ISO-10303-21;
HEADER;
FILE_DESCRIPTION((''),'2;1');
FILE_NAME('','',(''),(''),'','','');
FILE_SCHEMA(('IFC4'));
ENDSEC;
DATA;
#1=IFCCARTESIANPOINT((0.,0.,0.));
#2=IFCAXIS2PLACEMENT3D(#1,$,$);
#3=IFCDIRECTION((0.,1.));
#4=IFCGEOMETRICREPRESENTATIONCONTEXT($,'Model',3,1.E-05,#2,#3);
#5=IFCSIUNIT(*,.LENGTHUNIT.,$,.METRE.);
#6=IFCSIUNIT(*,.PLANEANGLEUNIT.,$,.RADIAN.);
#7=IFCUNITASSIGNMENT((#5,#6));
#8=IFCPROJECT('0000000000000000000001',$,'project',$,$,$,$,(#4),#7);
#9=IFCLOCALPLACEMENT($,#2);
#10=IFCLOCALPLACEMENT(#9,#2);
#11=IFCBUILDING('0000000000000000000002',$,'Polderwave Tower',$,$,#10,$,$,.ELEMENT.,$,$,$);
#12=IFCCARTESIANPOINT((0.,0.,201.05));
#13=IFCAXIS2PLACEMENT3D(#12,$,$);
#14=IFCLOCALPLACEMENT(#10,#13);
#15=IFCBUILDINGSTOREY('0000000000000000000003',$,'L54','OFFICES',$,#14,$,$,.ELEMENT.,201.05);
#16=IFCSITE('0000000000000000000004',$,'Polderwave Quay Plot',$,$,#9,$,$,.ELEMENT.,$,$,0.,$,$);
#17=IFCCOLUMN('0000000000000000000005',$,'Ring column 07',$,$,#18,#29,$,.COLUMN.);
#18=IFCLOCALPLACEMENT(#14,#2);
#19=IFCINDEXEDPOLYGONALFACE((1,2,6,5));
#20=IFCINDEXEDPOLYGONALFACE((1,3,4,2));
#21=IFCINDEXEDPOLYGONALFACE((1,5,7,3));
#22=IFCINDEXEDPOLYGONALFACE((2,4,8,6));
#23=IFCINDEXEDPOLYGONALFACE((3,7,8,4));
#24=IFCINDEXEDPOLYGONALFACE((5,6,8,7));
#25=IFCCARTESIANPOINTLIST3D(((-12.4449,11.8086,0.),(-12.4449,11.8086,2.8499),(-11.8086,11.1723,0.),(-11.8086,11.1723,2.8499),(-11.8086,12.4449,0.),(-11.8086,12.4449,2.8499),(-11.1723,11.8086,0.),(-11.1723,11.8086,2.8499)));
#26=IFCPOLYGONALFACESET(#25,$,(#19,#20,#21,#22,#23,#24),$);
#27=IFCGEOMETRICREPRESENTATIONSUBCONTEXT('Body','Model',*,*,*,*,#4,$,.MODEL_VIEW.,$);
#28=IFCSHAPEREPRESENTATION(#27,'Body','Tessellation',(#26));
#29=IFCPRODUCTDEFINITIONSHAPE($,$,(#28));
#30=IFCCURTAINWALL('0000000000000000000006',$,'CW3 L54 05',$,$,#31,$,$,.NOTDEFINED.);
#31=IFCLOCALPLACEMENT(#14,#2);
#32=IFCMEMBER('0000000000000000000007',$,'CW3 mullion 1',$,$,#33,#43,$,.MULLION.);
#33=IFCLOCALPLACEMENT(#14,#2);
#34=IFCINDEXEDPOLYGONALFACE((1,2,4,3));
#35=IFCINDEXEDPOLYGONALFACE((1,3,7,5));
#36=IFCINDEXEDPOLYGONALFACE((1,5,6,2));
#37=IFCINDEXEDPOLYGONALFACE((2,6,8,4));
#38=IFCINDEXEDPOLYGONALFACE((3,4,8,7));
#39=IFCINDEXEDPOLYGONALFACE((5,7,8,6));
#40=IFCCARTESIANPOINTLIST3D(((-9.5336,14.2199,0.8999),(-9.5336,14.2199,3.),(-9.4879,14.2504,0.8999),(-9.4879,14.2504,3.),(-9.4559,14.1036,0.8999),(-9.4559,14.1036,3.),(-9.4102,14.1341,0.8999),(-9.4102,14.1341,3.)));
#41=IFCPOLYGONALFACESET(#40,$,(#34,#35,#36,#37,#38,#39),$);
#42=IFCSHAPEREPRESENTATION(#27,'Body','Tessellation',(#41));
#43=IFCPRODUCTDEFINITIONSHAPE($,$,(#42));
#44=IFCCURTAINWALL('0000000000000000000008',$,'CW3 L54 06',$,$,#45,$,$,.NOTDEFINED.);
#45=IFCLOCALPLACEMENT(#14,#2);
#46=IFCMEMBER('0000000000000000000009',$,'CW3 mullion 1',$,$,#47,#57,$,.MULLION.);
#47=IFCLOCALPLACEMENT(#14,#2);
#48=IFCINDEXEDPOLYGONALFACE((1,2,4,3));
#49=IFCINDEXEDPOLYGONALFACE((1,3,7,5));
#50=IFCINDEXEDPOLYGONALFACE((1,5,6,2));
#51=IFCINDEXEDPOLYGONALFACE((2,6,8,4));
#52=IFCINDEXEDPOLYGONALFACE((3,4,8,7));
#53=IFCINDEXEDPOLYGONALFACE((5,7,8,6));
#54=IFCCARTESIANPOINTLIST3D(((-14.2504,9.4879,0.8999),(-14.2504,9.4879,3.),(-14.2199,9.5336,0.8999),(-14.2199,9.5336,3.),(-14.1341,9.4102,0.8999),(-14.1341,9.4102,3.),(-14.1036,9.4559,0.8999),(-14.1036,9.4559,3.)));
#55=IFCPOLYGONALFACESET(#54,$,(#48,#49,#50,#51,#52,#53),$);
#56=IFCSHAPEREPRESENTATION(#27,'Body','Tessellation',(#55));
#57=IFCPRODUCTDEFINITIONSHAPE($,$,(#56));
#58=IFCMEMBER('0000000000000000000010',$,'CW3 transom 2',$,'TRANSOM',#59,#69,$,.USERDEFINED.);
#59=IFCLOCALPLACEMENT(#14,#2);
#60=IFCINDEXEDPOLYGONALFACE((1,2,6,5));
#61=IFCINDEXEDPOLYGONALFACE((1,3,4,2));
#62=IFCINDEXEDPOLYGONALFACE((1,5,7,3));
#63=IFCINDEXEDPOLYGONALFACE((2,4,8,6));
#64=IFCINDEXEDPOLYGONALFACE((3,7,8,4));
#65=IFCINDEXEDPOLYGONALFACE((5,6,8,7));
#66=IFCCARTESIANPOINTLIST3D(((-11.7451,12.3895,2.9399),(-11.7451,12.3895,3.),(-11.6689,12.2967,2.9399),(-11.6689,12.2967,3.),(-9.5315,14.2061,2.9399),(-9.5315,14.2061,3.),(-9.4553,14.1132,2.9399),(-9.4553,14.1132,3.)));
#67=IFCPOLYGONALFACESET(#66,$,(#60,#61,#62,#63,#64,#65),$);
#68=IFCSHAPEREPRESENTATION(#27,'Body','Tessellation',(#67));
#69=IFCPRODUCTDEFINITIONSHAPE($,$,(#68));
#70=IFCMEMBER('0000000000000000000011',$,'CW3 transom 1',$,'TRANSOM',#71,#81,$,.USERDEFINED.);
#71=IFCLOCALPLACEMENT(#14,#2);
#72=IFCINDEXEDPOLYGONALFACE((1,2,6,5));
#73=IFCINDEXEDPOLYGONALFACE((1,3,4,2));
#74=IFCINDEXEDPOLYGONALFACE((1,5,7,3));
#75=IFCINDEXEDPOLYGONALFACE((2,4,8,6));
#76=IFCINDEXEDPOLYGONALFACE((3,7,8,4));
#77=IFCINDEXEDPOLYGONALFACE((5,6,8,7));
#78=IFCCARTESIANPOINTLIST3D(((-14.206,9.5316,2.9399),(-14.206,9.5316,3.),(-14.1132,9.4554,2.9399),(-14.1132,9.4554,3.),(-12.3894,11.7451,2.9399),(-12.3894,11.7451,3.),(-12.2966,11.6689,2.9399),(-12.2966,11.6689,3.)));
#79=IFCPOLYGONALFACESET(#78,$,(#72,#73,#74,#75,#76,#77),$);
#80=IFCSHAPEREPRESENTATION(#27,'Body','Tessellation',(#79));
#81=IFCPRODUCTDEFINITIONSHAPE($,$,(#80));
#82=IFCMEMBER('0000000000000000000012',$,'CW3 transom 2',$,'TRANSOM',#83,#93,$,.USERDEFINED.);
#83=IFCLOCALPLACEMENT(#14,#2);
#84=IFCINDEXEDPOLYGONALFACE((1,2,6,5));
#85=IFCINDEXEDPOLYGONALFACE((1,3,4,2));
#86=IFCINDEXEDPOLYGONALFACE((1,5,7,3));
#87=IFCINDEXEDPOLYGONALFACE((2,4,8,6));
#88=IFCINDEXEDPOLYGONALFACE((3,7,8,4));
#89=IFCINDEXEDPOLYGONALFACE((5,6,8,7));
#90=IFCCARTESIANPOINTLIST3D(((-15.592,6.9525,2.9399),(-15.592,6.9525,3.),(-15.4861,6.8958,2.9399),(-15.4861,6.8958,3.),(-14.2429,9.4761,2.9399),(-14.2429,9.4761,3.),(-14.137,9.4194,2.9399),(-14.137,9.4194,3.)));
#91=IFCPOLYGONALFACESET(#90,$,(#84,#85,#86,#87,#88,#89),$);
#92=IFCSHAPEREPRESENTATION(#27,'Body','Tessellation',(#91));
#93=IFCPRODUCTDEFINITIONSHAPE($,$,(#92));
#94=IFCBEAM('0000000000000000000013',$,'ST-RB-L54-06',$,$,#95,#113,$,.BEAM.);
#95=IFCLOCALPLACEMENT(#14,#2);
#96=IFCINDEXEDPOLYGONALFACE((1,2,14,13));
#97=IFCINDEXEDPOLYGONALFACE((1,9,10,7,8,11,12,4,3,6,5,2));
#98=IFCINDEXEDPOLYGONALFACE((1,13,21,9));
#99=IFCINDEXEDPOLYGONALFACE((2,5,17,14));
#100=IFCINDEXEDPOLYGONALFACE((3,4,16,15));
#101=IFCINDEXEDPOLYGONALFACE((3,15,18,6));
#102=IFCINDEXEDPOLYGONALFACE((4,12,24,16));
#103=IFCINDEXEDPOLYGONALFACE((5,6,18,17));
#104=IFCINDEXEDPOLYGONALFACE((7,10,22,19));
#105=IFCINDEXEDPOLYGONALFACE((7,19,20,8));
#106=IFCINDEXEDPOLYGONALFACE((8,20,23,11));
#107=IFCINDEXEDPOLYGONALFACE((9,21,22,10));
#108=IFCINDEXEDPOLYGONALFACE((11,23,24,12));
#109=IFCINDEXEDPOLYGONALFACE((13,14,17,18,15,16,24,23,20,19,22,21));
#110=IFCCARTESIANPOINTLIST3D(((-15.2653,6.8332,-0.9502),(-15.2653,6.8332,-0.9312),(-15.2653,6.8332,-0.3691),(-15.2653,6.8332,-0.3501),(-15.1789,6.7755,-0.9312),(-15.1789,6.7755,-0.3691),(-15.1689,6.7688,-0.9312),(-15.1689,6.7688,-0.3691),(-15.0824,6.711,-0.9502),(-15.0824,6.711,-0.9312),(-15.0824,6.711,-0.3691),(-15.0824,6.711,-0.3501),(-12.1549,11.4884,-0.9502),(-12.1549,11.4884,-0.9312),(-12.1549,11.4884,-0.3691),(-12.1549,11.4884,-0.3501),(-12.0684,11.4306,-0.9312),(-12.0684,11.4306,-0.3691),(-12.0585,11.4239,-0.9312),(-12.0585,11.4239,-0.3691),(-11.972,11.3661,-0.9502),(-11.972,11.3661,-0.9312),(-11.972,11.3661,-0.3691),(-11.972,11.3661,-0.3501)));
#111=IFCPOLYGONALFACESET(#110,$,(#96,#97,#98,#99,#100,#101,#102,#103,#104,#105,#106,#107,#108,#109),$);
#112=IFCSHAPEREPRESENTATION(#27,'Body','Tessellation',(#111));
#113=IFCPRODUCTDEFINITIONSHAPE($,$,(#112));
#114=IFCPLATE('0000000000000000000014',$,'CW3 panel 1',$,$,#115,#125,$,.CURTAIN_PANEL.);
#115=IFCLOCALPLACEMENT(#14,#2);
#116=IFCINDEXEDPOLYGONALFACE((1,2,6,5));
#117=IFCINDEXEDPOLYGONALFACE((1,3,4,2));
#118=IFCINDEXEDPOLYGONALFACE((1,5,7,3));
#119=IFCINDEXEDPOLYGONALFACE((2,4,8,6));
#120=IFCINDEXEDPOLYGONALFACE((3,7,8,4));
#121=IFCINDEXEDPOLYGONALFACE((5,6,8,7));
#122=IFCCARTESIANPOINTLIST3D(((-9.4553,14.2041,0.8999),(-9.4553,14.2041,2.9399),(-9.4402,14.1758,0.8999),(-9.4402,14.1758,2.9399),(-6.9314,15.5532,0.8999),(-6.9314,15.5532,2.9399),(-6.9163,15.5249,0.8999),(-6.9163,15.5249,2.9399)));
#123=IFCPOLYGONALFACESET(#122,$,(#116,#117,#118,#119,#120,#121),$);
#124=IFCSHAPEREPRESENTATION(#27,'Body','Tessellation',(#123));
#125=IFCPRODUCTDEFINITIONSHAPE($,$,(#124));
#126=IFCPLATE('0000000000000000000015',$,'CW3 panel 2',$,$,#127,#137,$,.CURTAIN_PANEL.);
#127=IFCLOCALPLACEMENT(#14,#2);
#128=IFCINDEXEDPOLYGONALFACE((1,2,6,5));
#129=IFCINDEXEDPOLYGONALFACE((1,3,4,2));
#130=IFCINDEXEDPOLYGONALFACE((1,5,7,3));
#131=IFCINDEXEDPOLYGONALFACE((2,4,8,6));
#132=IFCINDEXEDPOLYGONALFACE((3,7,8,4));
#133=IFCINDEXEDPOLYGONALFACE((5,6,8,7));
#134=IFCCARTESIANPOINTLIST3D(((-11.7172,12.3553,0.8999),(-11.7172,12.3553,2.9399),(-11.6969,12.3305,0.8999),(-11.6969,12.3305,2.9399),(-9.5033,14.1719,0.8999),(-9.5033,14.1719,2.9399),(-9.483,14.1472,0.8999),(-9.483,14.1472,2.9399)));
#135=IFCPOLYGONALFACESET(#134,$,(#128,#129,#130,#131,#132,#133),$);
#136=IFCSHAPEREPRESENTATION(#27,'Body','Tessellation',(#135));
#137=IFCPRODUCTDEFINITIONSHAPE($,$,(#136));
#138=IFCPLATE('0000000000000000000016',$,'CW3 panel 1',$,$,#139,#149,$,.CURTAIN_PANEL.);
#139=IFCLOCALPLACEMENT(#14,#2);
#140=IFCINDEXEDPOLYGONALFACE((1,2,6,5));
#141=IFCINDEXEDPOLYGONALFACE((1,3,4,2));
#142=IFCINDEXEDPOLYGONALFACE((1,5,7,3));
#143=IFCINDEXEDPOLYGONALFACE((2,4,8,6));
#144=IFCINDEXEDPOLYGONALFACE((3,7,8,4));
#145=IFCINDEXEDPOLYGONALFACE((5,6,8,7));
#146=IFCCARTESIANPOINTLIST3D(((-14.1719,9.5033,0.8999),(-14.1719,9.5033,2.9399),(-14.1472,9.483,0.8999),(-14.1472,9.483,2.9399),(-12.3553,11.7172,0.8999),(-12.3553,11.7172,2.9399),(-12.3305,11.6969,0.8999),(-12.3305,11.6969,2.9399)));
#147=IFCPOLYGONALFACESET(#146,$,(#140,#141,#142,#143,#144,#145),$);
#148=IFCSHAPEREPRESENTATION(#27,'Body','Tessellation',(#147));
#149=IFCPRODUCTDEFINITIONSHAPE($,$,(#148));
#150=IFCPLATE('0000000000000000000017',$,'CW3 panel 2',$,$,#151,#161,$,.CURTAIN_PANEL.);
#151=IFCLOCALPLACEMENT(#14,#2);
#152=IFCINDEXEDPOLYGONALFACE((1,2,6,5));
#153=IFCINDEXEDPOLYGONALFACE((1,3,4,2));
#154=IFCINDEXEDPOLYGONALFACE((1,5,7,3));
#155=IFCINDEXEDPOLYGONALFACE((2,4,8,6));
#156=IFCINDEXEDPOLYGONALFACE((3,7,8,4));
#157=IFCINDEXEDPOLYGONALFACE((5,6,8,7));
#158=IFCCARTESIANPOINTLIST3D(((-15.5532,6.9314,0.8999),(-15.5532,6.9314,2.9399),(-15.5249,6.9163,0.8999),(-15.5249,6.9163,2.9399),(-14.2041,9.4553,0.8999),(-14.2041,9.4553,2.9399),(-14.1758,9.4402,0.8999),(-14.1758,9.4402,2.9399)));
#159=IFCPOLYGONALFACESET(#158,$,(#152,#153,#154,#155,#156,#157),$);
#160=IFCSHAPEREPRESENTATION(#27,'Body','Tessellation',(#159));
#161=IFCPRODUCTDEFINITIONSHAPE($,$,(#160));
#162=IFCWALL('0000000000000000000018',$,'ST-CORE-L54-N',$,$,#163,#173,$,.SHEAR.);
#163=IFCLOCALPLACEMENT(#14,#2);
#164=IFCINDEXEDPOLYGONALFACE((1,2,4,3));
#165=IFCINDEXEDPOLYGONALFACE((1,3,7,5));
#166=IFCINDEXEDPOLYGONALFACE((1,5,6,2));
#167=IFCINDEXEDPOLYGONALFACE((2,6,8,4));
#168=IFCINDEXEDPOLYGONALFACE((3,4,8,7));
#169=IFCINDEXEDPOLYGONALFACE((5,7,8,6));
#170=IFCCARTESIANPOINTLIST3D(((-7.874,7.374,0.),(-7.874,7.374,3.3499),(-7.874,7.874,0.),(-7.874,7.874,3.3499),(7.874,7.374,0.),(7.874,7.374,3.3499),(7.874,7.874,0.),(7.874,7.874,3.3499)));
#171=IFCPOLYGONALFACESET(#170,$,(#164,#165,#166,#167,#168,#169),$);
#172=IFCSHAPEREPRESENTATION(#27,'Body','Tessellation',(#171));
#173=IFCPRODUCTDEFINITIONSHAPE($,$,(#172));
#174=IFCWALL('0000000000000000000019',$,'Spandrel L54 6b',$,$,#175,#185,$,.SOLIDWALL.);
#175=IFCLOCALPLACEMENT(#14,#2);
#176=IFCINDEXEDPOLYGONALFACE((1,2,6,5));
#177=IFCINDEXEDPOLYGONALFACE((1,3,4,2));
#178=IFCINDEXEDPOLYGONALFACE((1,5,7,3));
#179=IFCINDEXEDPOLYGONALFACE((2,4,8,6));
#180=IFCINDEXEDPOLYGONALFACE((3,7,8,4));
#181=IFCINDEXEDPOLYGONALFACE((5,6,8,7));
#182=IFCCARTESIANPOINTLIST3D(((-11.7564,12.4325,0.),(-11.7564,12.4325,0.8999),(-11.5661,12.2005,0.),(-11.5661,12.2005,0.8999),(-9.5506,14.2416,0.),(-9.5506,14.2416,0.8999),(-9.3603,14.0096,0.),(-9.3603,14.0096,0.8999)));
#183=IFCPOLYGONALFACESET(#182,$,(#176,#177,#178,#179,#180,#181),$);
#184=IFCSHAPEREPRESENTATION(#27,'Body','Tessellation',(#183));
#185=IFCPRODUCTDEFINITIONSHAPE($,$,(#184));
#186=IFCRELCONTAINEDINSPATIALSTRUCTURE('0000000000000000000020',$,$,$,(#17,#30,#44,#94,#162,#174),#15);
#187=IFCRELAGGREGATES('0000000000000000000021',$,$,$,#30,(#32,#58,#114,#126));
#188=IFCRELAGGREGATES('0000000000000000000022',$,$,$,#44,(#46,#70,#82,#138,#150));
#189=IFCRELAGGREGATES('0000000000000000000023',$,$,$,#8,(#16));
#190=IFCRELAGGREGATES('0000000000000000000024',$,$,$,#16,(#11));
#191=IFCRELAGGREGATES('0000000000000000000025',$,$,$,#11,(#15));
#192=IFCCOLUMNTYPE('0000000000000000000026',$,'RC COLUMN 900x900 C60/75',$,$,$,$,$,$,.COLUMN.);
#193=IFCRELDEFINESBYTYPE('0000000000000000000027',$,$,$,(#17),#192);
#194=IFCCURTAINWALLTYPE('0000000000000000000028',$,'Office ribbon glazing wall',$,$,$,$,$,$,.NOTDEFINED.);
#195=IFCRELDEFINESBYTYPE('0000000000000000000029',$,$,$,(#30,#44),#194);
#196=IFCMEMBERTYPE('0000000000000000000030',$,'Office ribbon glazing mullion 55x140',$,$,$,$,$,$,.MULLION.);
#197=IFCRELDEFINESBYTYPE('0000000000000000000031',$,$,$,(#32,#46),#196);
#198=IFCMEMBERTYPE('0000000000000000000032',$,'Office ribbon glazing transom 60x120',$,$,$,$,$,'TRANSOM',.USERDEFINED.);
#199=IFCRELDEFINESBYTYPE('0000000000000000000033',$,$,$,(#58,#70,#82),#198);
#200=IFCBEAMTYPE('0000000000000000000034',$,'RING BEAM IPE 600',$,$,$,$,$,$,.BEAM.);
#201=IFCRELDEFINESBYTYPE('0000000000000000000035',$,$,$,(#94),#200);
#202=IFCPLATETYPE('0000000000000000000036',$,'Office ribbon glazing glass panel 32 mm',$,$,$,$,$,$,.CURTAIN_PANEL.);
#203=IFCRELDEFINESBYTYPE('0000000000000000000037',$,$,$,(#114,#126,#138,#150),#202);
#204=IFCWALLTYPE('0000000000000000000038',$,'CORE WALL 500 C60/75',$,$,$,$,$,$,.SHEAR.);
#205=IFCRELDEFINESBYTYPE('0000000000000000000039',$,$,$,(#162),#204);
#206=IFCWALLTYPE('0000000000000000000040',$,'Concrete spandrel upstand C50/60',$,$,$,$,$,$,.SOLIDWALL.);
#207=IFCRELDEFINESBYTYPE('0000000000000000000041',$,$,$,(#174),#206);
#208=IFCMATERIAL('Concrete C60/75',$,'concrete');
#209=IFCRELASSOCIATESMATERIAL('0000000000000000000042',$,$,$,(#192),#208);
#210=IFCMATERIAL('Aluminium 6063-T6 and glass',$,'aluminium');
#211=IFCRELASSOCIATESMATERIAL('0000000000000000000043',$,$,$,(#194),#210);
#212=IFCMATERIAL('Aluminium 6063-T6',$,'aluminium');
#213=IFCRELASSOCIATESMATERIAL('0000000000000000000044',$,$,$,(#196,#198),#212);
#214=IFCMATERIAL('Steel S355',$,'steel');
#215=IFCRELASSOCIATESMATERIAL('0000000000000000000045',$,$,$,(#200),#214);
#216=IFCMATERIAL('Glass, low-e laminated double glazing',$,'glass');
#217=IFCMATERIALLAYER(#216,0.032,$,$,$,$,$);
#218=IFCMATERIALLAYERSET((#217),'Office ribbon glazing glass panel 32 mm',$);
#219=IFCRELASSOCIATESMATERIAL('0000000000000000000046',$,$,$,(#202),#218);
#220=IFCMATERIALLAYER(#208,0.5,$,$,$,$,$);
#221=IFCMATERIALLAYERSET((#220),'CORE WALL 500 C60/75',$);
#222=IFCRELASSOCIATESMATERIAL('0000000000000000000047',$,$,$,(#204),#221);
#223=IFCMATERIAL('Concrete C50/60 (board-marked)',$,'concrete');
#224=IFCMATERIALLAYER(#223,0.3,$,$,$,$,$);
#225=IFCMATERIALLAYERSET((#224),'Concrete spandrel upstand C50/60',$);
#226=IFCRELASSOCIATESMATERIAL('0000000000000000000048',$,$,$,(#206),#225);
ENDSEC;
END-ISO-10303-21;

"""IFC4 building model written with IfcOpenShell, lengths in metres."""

from ifc_helpers import new_model, si_unit, direction, frame, frame_2d, origin, origin_2d, place, context, subcontext, project, spatial, rectangle, i_section, extrude, material, layer, layer_set, material_profile, profile_set, type_object, element, aggregate, save


model = new_model("IFC4")

# Units and contexts
model_context = context("Model", 3, precision=1e-05, world=origin(), true_north=direction((0.0, 1.0)))
body_context = subcontext(model_context, "Body", "Model", "MODEL_VIEW")
ifc_project = project(units=[si_unit("LENGTHUNIT", "METRE"), si_unit("PLANEANGLEUNIT", "RADIAN")], contexts=[model_context])

# Site, building, storey
site_placement = place(None, origin())
site = spatial("IfcSite", under=ifc_project, at=site_placement, Name="Polderwave Quay Plot", CompositionType="ELEMENT", RefElevation=0.0)
building_placement = place(site_placement, origin())
building = spatial("IfcBuilding", under=site, at=building_placement, Name="Polderwave Tower", CompositionType="ELEMENT")
storey_placement = place(building_placement, frame((0.0, 0.0, 201.05)))
storey = spatial("IfcBuildingStorey", under=building, at=storey_placement, Name="L54", Description="OFFICES", CompositionType="ELEMENT", Elevation=201.05)

# Column
ifc_material_1 = material(Name="Concrete C60/75", Category="concrete")
ifc_material_profile_1 = material_profile(ifc_material_1, rectangle(XDim=0.8999, YDim=0.8999, at=origin_2d()), Name="RC 900x900")
ifc_profile_set_1 = profile_set([ifc_material_profile_1], Name="Concrete C60/75")
column_type = type_object("IfcColumnType", Name="RC COLUMN 900x900 C60/75", PredefinedType="COLUMN", material=ifc_profile_set_1)
column_placement = place(storey_placement, frame((-11.8086, 11.8086, 0.0), z_axis=(0.0, 0.0, 1.0), x_axis=(-0.707107, 0.707107, 0.0)))
element("IfcColumn", 1, at=column_placement, inside=storey, type_object=column_type, Name="Ring column 07", PredefinedType="COLUMN", context=body_context, shape_type="SweptSolid", body=[
    extrude(rectangle(XDim=0.8999, YDim=0.8999, at=origin_2d()), origin(), (0.0, 0.0, 1.0), 2.8499),
])

# Curtain walls, members
ifc_material_2 = material(Name="Aluminium 6063-T6 and glass", Category="aluminium")
curtain_wall_type = type_object("IfcCurtainWallType", Name="Office ribbon glazing wall", PredefinedType="NOTDEFINED", material=ifc_material_2)
curtain_wall_1_placement = place(storey_placement, origin())
curtain_wall_1 = element("IfcCurtainWall", 2, at=curtain_wall_1_placement, inside=storey, type_object=curtain_wall_type, Name="CW3 L54 05", PredefinedType="NOTDEFINED")
ifc_material_3 = material(Name="Aluminium 6063-T6", Category="aluminium")
ifc_material_profile_2 = material_profile(ifc_material_3, rectangle(XDim=0.1399, YDim=0.0549, at=origin_2d()), Name="AL 55x140")
ifc_profile_set_2 = profile_set([ifc_material_profile_2], Name="Aluminium 6063-T6")
member_type_1 = type_object("IfcMemberType", Name="Office ribbon glazing mullion 55x140", PredefinedType="MULLION", material=ifc_profile_set_2)
member_1_placement = place(storey_placement, frame((-9.4719, 14.177, 0.8999), z_axis=(0.0, 0.0, 1.0), x_axis=(0.555554, -0.83148, 0.0)))
member_1 = element("IfcMember", 3, at=member_1_placement, type_object=member_type_1, Name="CW3 mullion 1", PredefinedType="MULLION", context=body_context, shape_type="SweptSolid", body=[
    extrude(rectangle(XDim=0.1399, YDim=0.0549, at=origin_2d()), origin(), (0.0, 0.0, 1.0), 2.1001),
])
curtain_wall_2_placement = place(storey_placement, origin())
curtain_wall_2 = element("IfcCurtainWall", 4, at=curtain_wall_2_placement, inside=storey, type_object=curtain_wall_type, Name="CW3 L54 06", PredefinedType="NOTDEFINED")
member_2_placement = place(storey_placement, frame((-14.177, 9.4719, 0.8999), z_axis=(0.0, 0.0, 1.0), x_axis=(0.83148, -0.555554, 0.0)))
member_2 = element("IfcMember", 5, at=member_2_placement, type_object=member_type_1, Name="CW3 mullion 1", PredefinedType="MULLION", context=body_context, shape_type="SweptSolid", body=[
    extrude(rectangle(XDim=0.1399, YDim=0.0549, at=origin_2d()), origin(), (0.0, 0.0, 1.0), 2.1001),
])

# Members
ifc_material_profile_3 = material_profile(ifc_material_3, rectangle(XDim=0.1201, YDim=0.0601, at=origin_2d()), Name="AL 60x120")
ifc_profile_set_3 = profile_set([ifc_material_profile_3], Name="Aluminium 6063-T6")
member_type_2 = type_object("IfcMemberType", Name="Office ribbon glazing transom 60x120", ElementType="TRANSOM", PredefinedType="USERDEFINED", material=ifc_profile_set_3)
member_3_placement = place(storey_placement, frame((-9.4934, 14.1597, 2.97), z_axis=(-0.773014, -0.634388, 0.0), x_axis=(0.634388, -0.773014, 0.0)))
member_3 = element("IfcMember", 6, at=member_3_placement, type_object=member_type_2, Name="CW3 transom 2", ObjectType="TRANSOM", PredefinedType="USERDEFINED", context=body_context, shape_type="SweptSolid", body=[
    extrude(rectangle(XDim=0.1201, YDim=0.0601, at=origin_2d()), origin(), (0.0, 0.0, 1.0), 2.8635),
])
member_4_placement = place(storey_placement, frame((-12.343, 11.707, 2.97), z_axis=(-0.634388, -0.773014, 0.0), x_axis=(0.773014, -0.634388, 0.0)))
member_4 = element("IfcMember", 7, at=member_4_placement, type_object=member_type_2, Name="CW3 transom 1", ObjectType="TRANSOM", PredefinedType="USERDEFINED", context=body_context, shape_type="SweptSolid", body=[
    extrude(rectangle(XDim=0.1201, YDim=0.0601, at=origin_2d()), origin(), (0.0, 0.0, 1.0), 2.8635),
])
member_5_placement = place(storey_placement, frame((-14.1899, 9.4478, 2.97), z_axis=(-0.471447, -0.881894, 0.0), x_axis=(0.881894, -0.471447, 0.0)))
member_5 = element("IfcMember", 8, at=member_5_placement, type_object=member_type_2, Name="CW3 transom 2", ObjectType="TRANSOM", PredefinedType="USERDEFINED", context=body_context, shape_type="SweptSolid", body=[
    extrude(rectangle(XDim=0.1201, YDim=0.0601, at=origin_2d()), origin(), (0.0, 0.0, 1.0), 2.8616),
])

# Beam
ifc_material_4 = material(Name="Steel S355", Category="steel")
ifc_material_profile_4 = material_profile(ifc_material_4, i_section(OverallWidth=0.22, OverallDepth=0.6001, WebThickness=0.012, FlangeThickness=0.019, at=origin_2d()), Name="IPE 600")
ifc_profile_set_4 = profile_set([ifc_material_profile_4], Name="Steel S355")
beam_type = type_object("IfcBeamType", Name="RING BEAM IPE 600", PredefinedType="BEAM", material=ifc_profile_set_4)
beam_placement = place(storey_placement, frame((-12.0635, 11.4272, -0.6501), z_axis=(-0.555565, -0.831473, 0.0), x_axis=(0.831473, -0.555565, 0.0)))
element("IfcBeam", 9, at=beam_placement, inside=storey, type_object=beam_type, Name="ST-RB-L54-06", PredefinedType="BEAM", context=body_context, shape_type="SweptSolid", body=[
    extrude(i_section(OverallWidth=0.22, OverallDepth=0.6001, WebThickness=0.012, FlangeThickness=0.019, at=origin_2d()), origin(), (0.0, 0.0, 1.0), 5.5986),
])

# Plates
ifc_material_5 = material(Name="Glass, low-e laminated double glazing", Category="glass")
ifc_layer_1 = layer(ifc_material_5, 0.032)
ifc_layer_set_1 = layer_set([ifc_layer_1], Name="Office ribbon glazing glass panel 32 mm")
plate_type = type_object("IfcPlateType", Name="Office ribbon glazing glass panel 32 mm", PredefinedType="CURTAIN_PANEL", material=ifc_layer_set_1)
plate_1_placement = place(storey_placement, frame((-8.1858, 14.8645, 0.8999), z_axis=(0.0, 0.0, 1.0), x_axis=(-0.881912, -0.471414, 0.0)))
plate_1 = element("IfcPlate", 10, at=plate_1_placement, type_object=plate_type, Name="CW3 panel 1", PredefinedType="CURTAIN_PANEL", context=body_context, shape_type="SweptSolid", body=[
    extrude(rectangle(XDim=2.8618, YDim=0.032, at=origin_2d()), origin(), (0.0, 0.0, 1.0), 2.04),
])
plate_2_placement = place(storey_placement, frame((-10.6001, 13.2512, 0.8999), z_axis=(0.0, 0.0, 1.0), x_axis=(-0.773047, -0.634349, 0.0)))
plate_2 = element("IfcPlate", 11, at=plate_2_placement, type_object=plate_type, Name="CW3 panel 2", PredefinedType="CURTAIN_PANEL", context=body_context, shape_type="SweptSolid", body=[
    extrude(rectangle(XDim=2.8638, YDim=0.032, at=origin_2d()), origin(), (0.0, 0.0, 1.0), 2.04),
])
aggregate(curtain_wall_1, [member_1, member_3, plate_1, plate_2])
plate_3_placement = place(storey_placement, frame((-13.2512, 10.6001, 0.8999), z_axis=(0.0, 0.0, 1.0), x_axis=(-0.634349, -0.773047, 0.0)))
plate_3 = element("IfcPlate", 12, at=plate_3_placement, type_object=plate_type, Name="CW3 panel 1", PredefinedType="CURTAIN_PANEL", context=body_context, shape_type="SweptSolid", body=[
    extrude(rectangle(XDim=2.8638, YDim=0.032, at=origin_2d()), origin(), (0.0, 0.0, 1.0), 2.04),
])
plate_4_placement = place(storey_placement, frame((-14.8645, 8.1858, 0.8999), z_axis=(0.0, 0.0, 1.0), x_axis=(-0.471414, -0.881912, 0.0)))
plate_4 = element("IfcPlate", 13, at=plate_4_placement, type_object=plate_type, Name="CW3 panel 2", PredefinedType="CURTAIN_PANEL", context=body_context, shape_type="SweptSolid", body=[
    extrude(rectangle(XDim=2.8618, YDim=0.032, at=origin_2d()), origin(), (0.0, 0.0, 1.0), 2.04),
])
aggregate(curtain_wall_2, [member_2, member_4, member_5, plate_3, plate_4])

# Walls
ifc_layer_2 = layer(ifc_material_1, 0.5)
ifc_layer_set_2 = layer_set([ifc_layer_2], Name="CORE WALL 500 C60/75")
wall_type_1 = type_object("IfcWallType", Name="CORE WALL 500 C60/75", PredefinedType="SHEAR", material=ifc_layer_set_2)
wall_1_placement = place(storey_placement, frame((-7.874, 7.624, 0.0), z_axis=(0.0, 0.0, 1.0), x_axis=(1.0, 0.0, 0.0)))
element("IfcWall", 14, at=wall_1_placement, inside=storey, type_object=wall_type_1, Name="ST-CORE-L54-N", PredefinedType="SHEAR", context=body_context, shape_type="SweptSolid", body=[
    extrude(rectangle(XDim=15.748, YDim=0.5, at=frame_2d((7.874, 0.0))), origin(), (0.0, 0.0, 1.0), 3.3499),
])
ifc_material_6 = material(Name="Concrete C50/60 (board-marked)", Category="concrete")
ifc_layer_3 = layer(ifc_material_6, 0.3)
ifc_layer_set_3 = layer_set([ifc_layer_3], Name="Concrete spandrel upstand C50/60")
wall_type_2 = type_object("IfcWallType", Name="Concrete spandrel upstand C50/60", PredefinedType="SOLIDWALL", material=ifc_layer_set_3)
for number, where, z_axis, x_axis, name in (
    (15, (-9.4556, 14.1255, 0.0), (0.0, 0.0, 1.0), (-0.773213, -0.634146, 0.0), "Spandrel L54 6b"),
):
    element("IfcWall", number, at=place(storey_placement, frame(where, z_axis=z_axis, x_axis=x_axis)), inside=storey, type_object=wall_type_2, Name=name, PredefinedType="SOLIDWALL", context=body_context, shape_type="SweptSolid", body=[
        extrude(rectangle(XDim=2.8528, YDim=0.3, at=frame_2d((1.4263, 0.0))), origin(), (0.0, 0.0, 1.0), 0.8999),
    ])

save(model, "model.ifc")
